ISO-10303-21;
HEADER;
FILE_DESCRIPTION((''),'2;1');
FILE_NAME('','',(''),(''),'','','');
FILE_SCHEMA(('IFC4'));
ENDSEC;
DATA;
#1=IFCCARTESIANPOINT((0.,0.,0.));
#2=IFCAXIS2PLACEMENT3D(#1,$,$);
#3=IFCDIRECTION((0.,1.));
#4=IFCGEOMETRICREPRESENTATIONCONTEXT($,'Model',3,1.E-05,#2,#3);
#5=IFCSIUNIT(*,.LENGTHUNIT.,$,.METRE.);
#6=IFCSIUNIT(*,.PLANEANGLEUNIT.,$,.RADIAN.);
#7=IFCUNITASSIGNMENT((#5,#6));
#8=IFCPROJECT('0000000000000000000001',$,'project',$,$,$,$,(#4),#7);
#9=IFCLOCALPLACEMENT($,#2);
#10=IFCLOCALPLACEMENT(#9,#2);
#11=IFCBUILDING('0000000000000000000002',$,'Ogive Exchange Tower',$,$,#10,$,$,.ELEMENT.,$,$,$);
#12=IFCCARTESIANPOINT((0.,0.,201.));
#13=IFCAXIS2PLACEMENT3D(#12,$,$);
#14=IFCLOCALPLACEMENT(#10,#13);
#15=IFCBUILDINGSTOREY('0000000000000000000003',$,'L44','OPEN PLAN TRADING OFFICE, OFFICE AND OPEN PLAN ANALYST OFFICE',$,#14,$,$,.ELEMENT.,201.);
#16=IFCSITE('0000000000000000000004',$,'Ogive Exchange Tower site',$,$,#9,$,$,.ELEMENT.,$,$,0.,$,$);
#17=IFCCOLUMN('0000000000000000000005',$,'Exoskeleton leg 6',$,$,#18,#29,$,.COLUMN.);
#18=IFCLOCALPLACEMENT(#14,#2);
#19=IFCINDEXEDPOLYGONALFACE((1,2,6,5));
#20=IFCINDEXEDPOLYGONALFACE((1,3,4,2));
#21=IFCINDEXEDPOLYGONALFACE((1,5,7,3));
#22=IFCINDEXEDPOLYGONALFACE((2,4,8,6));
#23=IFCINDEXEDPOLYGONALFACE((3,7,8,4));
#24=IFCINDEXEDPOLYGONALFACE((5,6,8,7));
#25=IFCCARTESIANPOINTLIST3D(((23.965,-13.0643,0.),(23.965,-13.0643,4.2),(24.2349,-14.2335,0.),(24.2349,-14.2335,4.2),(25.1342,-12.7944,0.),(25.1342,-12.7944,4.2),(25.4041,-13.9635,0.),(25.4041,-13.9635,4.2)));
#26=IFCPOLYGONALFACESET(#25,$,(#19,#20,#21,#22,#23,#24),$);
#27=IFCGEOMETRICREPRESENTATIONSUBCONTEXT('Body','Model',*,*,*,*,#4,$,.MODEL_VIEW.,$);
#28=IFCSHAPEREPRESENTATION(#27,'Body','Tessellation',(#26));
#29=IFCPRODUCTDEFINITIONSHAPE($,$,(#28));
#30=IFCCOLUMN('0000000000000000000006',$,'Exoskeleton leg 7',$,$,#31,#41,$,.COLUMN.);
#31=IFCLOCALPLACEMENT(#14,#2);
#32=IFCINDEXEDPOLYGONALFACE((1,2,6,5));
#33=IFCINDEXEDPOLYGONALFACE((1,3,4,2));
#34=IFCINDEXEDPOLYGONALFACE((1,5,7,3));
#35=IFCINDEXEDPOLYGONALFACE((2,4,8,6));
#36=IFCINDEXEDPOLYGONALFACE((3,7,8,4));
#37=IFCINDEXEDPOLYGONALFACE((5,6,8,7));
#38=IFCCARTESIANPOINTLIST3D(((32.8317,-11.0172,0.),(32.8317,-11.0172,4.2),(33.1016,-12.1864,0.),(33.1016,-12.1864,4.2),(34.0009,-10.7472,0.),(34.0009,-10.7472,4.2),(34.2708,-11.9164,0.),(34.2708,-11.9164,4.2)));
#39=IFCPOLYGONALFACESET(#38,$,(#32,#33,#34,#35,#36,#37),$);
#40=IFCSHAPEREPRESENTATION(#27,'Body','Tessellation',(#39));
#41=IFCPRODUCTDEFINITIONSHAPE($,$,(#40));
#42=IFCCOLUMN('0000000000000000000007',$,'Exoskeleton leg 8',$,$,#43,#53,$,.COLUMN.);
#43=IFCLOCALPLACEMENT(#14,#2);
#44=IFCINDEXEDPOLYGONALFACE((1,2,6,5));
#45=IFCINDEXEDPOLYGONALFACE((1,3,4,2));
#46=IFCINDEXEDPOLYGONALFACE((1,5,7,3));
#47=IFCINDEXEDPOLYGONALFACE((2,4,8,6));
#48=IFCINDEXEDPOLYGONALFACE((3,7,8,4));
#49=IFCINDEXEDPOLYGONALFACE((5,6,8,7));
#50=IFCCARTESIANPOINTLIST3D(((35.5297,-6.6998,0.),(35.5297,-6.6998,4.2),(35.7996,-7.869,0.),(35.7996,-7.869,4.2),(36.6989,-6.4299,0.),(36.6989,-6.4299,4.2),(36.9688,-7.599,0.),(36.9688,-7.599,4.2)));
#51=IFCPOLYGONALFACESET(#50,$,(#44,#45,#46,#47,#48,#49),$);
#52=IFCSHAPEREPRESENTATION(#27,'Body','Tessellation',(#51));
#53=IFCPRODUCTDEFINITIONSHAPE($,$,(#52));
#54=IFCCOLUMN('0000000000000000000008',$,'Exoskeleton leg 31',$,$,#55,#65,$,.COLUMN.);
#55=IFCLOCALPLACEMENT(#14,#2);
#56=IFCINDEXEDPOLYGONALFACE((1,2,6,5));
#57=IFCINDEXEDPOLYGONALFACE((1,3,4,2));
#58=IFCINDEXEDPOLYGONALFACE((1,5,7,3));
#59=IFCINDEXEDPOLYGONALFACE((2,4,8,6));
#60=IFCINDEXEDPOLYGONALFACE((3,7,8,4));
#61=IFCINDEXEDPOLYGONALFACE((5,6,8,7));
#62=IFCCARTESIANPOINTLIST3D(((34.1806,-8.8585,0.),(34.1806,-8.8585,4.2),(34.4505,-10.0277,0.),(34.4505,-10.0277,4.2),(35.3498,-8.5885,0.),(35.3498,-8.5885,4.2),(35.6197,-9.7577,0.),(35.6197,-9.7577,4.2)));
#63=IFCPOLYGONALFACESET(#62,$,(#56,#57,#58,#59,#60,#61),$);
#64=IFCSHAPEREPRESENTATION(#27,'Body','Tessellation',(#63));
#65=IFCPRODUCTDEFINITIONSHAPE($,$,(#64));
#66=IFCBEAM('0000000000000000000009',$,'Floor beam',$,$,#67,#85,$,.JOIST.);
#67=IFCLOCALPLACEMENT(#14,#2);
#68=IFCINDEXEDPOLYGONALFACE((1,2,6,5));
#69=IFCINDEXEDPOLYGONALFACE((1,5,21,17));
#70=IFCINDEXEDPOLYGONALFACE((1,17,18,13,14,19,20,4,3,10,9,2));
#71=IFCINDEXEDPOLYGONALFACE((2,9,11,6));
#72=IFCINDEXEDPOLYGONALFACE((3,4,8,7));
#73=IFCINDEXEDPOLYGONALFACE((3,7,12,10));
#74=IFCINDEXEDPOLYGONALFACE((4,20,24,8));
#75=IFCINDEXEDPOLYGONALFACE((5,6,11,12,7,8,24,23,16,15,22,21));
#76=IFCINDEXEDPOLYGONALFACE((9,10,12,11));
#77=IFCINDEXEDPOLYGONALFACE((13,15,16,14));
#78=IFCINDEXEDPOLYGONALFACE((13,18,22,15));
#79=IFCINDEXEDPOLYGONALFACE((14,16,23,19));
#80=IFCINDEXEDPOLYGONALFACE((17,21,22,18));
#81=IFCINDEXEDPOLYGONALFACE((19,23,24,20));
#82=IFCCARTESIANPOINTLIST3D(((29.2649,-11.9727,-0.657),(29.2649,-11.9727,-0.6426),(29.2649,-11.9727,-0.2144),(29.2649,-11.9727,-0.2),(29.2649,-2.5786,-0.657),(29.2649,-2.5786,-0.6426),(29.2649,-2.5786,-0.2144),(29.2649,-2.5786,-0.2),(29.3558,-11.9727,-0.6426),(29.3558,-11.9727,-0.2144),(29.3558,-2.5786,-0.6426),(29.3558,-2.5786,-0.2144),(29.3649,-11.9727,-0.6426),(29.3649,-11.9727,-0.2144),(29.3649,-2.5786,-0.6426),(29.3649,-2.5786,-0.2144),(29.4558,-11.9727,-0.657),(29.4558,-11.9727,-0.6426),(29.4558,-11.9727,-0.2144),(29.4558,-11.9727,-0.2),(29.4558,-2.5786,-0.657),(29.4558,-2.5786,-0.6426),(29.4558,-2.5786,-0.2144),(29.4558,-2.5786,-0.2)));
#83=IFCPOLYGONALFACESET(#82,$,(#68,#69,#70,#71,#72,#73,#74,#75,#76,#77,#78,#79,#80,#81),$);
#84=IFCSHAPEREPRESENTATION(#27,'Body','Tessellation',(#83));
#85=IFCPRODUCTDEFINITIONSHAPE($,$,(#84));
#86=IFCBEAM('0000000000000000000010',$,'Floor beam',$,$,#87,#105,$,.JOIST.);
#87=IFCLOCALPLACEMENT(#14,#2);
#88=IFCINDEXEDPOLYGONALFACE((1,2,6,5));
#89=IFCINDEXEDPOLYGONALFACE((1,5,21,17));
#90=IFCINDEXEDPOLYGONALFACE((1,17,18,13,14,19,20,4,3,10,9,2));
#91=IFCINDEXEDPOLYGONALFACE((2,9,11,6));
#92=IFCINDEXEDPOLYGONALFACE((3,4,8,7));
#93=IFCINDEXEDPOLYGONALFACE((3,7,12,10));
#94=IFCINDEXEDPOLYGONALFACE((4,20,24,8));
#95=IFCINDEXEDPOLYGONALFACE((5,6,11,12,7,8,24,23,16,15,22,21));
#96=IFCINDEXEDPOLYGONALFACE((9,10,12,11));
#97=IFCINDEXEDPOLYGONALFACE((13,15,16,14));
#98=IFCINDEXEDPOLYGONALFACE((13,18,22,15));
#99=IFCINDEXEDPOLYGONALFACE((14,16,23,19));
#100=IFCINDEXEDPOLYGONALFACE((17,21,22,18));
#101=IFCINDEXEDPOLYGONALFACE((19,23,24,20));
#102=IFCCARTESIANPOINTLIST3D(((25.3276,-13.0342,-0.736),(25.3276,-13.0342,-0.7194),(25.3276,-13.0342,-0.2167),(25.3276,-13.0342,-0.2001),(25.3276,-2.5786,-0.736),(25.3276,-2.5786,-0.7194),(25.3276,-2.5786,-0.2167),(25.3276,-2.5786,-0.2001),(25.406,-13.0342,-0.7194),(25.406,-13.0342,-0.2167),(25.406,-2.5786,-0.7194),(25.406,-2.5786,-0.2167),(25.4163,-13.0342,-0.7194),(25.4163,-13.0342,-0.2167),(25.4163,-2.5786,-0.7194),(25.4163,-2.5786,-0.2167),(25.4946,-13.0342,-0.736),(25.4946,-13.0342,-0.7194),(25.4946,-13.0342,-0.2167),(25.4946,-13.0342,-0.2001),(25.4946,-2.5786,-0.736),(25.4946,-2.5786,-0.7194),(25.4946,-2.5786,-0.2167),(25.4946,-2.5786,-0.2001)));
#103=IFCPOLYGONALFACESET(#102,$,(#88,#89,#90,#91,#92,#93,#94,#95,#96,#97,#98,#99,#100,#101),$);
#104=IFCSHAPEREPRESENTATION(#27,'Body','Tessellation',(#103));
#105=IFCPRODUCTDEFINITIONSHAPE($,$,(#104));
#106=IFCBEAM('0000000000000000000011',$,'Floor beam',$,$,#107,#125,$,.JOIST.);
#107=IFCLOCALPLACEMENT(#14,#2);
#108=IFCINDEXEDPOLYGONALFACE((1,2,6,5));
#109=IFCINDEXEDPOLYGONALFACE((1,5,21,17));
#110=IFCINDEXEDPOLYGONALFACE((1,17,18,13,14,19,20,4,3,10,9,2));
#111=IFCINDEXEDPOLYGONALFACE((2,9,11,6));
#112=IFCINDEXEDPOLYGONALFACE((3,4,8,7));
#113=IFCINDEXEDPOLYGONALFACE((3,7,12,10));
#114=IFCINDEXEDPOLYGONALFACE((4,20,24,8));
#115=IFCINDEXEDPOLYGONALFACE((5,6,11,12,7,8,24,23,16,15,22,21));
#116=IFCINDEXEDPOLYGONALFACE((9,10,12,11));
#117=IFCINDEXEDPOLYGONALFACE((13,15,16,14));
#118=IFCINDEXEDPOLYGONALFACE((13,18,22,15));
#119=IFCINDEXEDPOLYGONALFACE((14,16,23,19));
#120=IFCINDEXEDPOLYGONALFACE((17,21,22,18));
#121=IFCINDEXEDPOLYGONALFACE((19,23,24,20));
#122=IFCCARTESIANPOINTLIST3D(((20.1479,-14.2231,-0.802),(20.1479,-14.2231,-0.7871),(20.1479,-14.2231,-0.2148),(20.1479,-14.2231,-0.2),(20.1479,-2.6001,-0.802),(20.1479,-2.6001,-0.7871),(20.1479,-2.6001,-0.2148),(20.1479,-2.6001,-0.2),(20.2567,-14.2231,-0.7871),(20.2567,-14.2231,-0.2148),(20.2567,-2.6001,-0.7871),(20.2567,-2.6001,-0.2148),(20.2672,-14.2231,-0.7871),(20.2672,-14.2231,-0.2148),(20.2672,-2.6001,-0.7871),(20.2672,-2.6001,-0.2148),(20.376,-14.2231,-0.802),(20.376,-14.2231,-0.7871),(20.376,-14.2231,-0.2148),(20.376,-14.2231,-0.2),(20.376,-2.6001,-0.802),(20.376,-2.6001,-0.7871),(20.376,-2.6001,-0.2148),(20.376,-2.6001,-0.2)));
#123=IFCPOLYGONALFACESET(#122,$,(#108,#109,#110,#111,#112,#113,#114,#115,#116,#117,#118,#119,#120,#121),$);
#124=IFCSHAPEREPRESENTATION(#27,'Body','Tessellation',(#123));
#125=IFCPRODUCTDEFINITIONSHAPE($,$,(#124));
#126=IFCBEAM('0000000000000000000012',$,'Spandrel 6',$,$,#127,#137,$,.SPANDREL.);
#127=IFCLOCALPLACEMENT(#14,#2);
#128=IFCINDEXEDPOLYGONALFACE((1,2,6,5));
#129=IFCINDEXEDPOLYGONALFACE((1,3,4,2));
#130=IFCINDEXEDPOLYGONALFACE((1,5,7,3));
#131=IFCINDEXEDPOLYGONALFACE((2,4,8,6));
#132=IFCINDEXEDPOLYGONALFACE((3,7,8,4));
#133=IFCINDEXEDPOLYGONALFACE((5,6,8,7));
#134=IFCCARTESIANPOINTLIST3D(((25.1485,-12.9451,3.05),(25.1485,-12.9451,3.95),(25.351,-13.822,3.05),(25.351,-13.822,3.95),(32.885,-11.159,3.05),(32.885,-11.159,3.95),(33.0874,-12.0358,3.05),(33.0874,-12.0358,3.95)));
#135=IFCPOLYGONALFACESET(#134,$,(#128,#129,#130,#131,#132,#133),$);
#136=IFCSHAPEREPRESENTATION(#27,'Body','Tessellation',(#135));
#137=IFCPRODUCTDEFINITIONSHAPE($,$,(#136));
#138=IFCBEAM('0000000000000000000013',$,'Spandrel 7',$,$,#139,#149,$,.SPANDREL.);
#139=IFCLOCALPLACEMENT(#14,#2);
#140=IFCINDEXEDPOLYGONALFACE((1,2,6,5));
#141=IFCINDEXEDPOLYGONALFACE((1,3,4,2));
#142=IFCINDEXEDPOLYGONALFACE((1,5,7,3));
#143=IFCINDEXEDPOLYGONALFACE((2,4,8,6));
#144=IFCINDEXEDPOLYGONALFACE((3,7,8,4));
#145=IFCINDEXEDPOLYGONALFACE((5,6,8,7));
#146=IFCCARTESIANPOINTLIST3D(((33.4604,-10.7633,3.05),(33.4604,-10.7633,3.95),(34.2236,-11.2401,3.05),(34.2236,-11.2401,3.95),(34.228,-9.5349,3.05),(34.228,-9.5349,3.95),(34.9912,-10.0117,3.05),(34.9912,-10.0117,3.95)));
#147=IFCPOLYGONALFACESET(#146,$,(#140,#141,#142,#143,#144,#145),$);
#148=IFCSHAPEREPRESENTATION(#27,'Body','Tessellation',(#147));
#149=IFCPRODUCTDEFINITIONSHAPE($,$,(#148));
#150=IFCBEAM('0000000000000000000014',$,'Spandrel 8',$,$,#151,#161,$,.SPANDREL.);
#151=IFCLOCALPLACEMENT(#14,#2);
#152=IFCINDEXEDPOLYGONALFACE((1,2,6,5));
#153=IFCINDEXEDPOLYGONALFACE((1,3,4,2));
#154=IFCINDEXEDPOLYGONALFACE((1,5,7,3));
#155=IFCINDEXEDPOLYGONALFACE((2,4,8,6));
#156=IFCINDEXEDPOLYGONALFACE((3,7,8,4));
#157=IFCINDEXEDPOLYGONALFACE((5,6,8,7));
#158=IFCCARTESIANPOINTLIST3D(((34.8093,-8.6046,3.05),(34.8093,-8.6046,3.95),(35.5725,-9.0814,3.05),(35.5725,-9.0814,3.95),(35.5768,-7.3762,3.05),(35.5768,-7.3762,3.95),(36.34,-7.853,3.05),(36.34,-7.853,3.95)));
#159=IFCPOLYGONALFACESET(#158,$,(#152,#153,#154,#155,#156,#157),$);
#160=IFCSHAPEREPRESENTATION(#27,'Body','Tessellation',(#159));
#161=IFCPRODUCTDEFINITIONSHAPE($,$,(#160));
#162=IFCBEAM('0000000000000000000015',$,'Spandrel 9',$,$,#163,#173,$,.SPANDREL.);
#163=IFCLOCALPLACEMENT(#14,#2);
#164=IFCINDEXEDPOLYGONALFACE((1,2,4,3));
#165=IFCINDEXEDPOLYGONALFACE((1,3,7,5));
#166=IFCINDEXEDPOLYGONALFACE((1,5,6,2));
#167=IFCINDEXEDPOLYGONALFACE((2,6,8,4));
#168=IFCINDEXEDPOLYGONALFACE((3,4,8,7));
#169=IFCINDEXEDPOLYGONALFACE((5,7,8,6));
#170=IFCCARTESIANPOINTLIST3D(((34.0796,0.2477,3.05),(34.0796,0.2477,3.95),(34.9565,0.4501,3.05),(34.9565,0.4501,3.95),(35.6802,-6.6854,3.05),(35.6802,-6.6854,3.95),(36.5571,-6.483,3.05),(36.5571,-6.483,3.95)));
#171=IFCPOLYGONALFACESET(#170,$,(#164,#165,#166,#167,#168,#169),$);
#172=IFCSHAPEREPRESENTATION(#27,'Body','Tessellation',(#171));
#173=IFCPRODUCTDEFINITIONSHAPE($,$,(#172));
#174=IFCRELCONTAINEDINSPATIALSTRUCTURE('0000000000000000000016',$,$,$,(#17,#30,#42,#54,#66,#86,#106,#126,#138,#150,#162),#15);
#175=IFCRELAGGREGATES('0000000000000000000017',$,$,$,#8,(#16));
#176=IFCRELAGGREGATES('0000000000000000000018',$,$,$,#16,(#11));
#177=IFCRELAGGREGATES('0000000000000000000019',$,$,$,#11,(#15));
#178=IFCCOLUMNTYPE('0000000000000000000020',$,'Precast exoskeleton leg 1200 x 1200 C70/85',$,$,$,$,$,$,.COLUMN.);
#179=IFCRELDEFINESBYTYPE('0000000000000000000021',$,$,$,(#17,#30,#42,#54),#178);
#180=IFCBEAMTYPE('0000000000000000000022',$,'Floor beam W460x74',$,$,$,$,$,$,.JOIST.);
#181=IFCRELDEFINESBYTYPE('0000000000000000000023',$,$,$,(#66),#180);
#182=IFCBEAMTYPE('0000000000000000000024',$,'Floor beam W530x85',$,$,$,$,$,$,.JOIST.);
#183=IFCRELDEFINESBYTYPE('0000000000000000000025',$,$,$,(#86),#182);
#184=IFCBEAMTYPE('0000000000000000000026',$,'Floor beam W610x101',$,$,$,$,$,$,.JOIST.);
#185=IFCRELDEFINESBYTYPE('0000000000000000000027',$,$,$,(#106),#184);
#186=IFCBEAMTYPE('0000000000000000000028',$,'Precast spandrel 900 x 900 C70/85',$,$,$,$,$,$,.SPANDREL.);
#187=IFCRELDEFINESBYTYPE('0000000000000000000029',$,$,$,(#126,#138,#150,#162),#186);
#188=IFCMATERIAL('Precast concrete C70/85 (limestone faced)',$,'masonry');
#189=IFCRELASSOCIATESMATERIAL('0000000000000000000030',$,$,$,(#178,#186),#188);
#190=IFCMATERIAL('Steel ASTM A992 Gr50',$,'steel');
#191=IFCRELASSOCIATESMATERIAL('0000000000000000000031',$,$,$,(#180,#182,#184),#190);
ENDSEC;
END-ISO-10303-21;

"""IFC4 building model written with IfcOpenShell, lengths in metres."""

from ifc_helpers import new_model, si_unit, direction, frame, origin, origin_2d, place, context, subcontext, project, spatial, rectangle, i_section, extrude, material, material_profile, profile_set, type_object, element, save


model = new_model("IFC4")

# Units and contexts
model_context = context("Model", 3, precision=1e-05, world=origin(), true_north=direction((0.0, 1.0)))
body_context = subcontext(model_context, "Body", "Model", "MODEL_VIEW")
ifc_project = project(units=[si_unit("LENGTHUNIT", "METRE"), si_unit("PLANEANGLEUNIT", "RADIAN")], contexts=[model_context])

# Site, building, storey
site_placement = place(None, origin())
site = spatial("IfcSite", under=ifc_project, at=site_placement, Name="Ogive Exchange Tower site", CompositionType="ELEMENT", RefElevation=0.0)
building_placement = place(site_placement, origin())
building = spatial("IfcBuilding", under=site, at=building_placement, Name="Ogive Exchange Tower", CompositionType="ELEMENT")
storey_placement = place(building_placement, frame((0.0, 0.0, 201.0)))
storey = spatial("IfcBuildingStorey", under=building, at=storey_placement, Name="L44", Description="OPEN PLAN TRADING OFFICE, OFFICE AND OPEN PLAN ANALYST OFFICE", CompositionType="ELEMENT", Elevation=201.0)

# Columns
ifc_material_1 = material(Name="Precast concrete C70/85 (limestone faced)", Category="masonry")
ifc_material_profile_1 = material_profile(ifc_material_1, rectangle(XDim=1.2, YDim=1.2, at=origin_2d()), Name="1200 x 1200")
ifc_profile_set_1 = profile_set([ifc_material_profile_1], Name="Precast concrete C70/85 (limestone faced)")
column_type = type_object("IfcColumnType", Name="Precast exoskeleton leg 1200 x 1200 C70/85", PredefinedType="COLUMN", material=ifc_profile_set_1)
for number, where, z_axis, x_axis, name in (
    (1, (24.6846, -13.5139, 0.0), (0.0, 0.0, 1.0), (0.97437, 0.224951, 0.0), "Exoskeleton leg 6"),
    (2, (33.5513, -11.4668, 0.0), (0.0, 0.0, 1.0), (0.97437, 0.224951, 0.0), "Exoskeleton leg 7"),
    (3, (36.2493, -7.1494, 0.0), (0.0, 0.0, 1.0), (0.97437, 0.224951, 0.0), "Exoskeleton leg 8"),
    (4, (34.9001, -9.3081, 0.0), (0.0, 0.0, 1.0), (0.97437, 0.224951, 0.0), "Exoskeleton leg 31"),
):
    element("IfcColumn", number, at=place(storey_placement, frame(where, z_axis=z_axis, x_axis=x_axis)), inside=storey, type_object=column_type, Name=name, PredefinedType="COLUMN", context=body_context, shape_type="SweptSolid", body=[
        extrude(rectangle(XDim=1.2, YDim=1.2, at=origin_2d()), origin(), (0.0, 0.0, 1.0), 4.2),
    ])

# Beams
ifc_material_2 = material(Name="Steel ASTM A992 Gr50", Category="steel")
ifc_material_profile_2 = material_profile(ifc_material_2, i_section(OverallWidth=0.1909, OverallDepth=0.457, WebThickness=0.009, FlangeThickness=0.0144, at=origin_2d()), Name="W460x74")
ifc_profile_set_2 = profile_set([ifc_material_profile_2], Name="Steel ASTM A992 Gr50")
beam_type_1 = type_object("IfcBeamType", Name="Floor beam W460x74", PredefinedType="JOIST", material=ifc_profile_set_2)
beam_1_placement = place(storey_placement, frame((29.3604, -11.9727, -0.4285), z_axis=(0.0, 1.0, 0.0), x_axis=(-1.0, 0.0, 0.0)))
element("IfcBeam", 5, at=beam_1_placement, inside=storey, type_object=beam_type_1, Name="Floor beam", PredefinedType="JOIST", context=body_context, shape_type="SweptSolid", body=[
    extrude(i_section(OverallWidth=0.1909, OverallDepth=0.457, WebThickness=0.009, FlangeThickness=0.0144, at=origin_2d()), origin(), (0.0, 0.0, 1.0), 9.394),
])
ifc_material_profile_3 = material_profile(ifc_material_2, i_section(OverallWidth=0.167, OverallDepth=0.5359, WebThickness=0.0103, FlangeThickness=0.0166, at=origin_2d()), Name="W530x85")
ifc_profile_set_3 = profile_set([ifc_material_profile_3], Name="Steel ASTM A992 Gr50")
beam_type_2 = type_object("IfcBeamType", Name="Floor beam W530x85", PredefinedType="JOIST", material=ifc_profile_set_3)
beam_2_placement = place(storey_placement, frame((25.4111, -13.0342, -0.468), z_axis=(0.0, 1.0, 0.0), x_axis=(-1.0, 0.0, 0.0)))
element("IfcBeam", 6, at=beam_2_placement, inside=storey, type_object=beam_type_2, Name="Floor beam", PredefinedType="JOIST", context=body_context, shape_type="SweptSolid", body=[
    extrude(i_section(OverallWidth=0.167, OverallDepth=0.5359, WebThickness=0.0103, FlangeThickness=0.0166, at=origin_2d()), origin(), (0.0, 0.0, 1.0), 10.4556),
])
ifc_material_profile_4 = material_profile(ifc_material_2, i_section(OverallWidth=0.228, OverallDepth=0.6021, WebThickness=0.0105, FlangeThickness=0.0149, at=origin_2d()), Name="W610x101")
ifc_profile_set_4 = profile_set([ifc_material_profile_4], Name="Steel ASTM A992 Gr50")
beam_type_3 = type_object("IfcBeamType", Name="Floor beam W610x101", PredefinedType="JOIST", material=ifc_profile_set_4)
beam_3_placement = place(storey_placement, frame((20.262, -14.2231, -0.501), z_axis=(0.0, 1.0, 0.0), x_axis=(-1.0, 0.0, 0.0)))
element("IfcBeam", 7, at=beam_3_placement, inside=storey, type_object=beam_type_3, Name="Floor beam", PredefinedType="JOIST", context=body_context, shape_type="SweptSolid", body=[
    extrude(i_section(OverallWidth=0.228, OverallDepth=0.6021, WebThickness=0.0105, FlangeThickness=0.0149, at=origin_2d()), origin(), (0.0, 0.0, 1.0), 11.623),
])
ifc_material_profile_5 = material_profile(ifc_material_1, rectangle(XDim=0.8999, YDim=0.8999, at=origin_2d()), Name="900 x 900")
ifc_profile_set_5 = profile_set([ifc_material_profile_5], Name="Precast concrete C70/85 (limestone faced)")
beam_type_4 = type_object("IfcBeamType", Name="Precast spandrel 900 x 900 C70/85", PredefinedType="SPANDREL", material=ifc_profile_set_5)
beam_4_placement = place(storey_placement, frame((25.2498, -13.3835, 3.5), z_axis=(0.974368, 0.224958, 0.0), x_axis=(-0.224958, 0.974368, 0.0)))
element("IfcBeam", 8, at=beam_4_placement, inside=storey, type_object=beam_type_4, Name="Spandrel 6", PredefinedType="SPANDREL", context=body_context, shape_type="SweptSolid", body=[
    extrude(rectangle(XDim=0.8999, YDim=0.8999, at=origin_2d()), origin(), (0.0, 0.0, 1.0), 7.9399),
])
for number, where, z_axis, x_axis, name in (
    (9, (33.842, -11.0017, 3.5), (0.529878, 0.848074, 0.0), (-0.848074, 0.529878, 0.0), "Spandrel 7"),
    (10, (35.1909, -8.843, 3.5), (0.529878, 0.848074, 0.0), (-0.848074, 0.529878, 0.0), "Spandrel 8"),
):
    element("IfcBeam", number, at=place(storey_placement, frame(where, z_axis=z_axis, x_axis=x_axis)), inside=storey, type_object=beam_type_4, Name=name, PredefinedType="SPANDREL", context=body_context, shape_type="SweptSolid", body=[
        extrude(rectangle(XDim=0.8999, YDim=0.8999, at=origin_2d()), origin(), (0.0, 0.0, 1.0), 1.4485),
    ])
beam_5_placement = place(storey_placement, frame((36.1187, -6.5842, 3.5), z_axis=(-0.224945, 0.974372, 0.0), x_axis=(-0.974372, -0.224945, 0.0)))
element("IfcBeam", 11, at=beam_5_placement, inside=storey, type_object=beam_type_4, Name="Spandrel 9", PredefinedType="SPANDREL", context=body_context, shape_type="SweptSolid", body=[
    extrude(rectangle(XDim=0.8999, YDim=0.8999, at=origin_2d()), origin(), (0.0, 0.0, 1.0), 7.1155),
])

save(model, "model.ifc")
